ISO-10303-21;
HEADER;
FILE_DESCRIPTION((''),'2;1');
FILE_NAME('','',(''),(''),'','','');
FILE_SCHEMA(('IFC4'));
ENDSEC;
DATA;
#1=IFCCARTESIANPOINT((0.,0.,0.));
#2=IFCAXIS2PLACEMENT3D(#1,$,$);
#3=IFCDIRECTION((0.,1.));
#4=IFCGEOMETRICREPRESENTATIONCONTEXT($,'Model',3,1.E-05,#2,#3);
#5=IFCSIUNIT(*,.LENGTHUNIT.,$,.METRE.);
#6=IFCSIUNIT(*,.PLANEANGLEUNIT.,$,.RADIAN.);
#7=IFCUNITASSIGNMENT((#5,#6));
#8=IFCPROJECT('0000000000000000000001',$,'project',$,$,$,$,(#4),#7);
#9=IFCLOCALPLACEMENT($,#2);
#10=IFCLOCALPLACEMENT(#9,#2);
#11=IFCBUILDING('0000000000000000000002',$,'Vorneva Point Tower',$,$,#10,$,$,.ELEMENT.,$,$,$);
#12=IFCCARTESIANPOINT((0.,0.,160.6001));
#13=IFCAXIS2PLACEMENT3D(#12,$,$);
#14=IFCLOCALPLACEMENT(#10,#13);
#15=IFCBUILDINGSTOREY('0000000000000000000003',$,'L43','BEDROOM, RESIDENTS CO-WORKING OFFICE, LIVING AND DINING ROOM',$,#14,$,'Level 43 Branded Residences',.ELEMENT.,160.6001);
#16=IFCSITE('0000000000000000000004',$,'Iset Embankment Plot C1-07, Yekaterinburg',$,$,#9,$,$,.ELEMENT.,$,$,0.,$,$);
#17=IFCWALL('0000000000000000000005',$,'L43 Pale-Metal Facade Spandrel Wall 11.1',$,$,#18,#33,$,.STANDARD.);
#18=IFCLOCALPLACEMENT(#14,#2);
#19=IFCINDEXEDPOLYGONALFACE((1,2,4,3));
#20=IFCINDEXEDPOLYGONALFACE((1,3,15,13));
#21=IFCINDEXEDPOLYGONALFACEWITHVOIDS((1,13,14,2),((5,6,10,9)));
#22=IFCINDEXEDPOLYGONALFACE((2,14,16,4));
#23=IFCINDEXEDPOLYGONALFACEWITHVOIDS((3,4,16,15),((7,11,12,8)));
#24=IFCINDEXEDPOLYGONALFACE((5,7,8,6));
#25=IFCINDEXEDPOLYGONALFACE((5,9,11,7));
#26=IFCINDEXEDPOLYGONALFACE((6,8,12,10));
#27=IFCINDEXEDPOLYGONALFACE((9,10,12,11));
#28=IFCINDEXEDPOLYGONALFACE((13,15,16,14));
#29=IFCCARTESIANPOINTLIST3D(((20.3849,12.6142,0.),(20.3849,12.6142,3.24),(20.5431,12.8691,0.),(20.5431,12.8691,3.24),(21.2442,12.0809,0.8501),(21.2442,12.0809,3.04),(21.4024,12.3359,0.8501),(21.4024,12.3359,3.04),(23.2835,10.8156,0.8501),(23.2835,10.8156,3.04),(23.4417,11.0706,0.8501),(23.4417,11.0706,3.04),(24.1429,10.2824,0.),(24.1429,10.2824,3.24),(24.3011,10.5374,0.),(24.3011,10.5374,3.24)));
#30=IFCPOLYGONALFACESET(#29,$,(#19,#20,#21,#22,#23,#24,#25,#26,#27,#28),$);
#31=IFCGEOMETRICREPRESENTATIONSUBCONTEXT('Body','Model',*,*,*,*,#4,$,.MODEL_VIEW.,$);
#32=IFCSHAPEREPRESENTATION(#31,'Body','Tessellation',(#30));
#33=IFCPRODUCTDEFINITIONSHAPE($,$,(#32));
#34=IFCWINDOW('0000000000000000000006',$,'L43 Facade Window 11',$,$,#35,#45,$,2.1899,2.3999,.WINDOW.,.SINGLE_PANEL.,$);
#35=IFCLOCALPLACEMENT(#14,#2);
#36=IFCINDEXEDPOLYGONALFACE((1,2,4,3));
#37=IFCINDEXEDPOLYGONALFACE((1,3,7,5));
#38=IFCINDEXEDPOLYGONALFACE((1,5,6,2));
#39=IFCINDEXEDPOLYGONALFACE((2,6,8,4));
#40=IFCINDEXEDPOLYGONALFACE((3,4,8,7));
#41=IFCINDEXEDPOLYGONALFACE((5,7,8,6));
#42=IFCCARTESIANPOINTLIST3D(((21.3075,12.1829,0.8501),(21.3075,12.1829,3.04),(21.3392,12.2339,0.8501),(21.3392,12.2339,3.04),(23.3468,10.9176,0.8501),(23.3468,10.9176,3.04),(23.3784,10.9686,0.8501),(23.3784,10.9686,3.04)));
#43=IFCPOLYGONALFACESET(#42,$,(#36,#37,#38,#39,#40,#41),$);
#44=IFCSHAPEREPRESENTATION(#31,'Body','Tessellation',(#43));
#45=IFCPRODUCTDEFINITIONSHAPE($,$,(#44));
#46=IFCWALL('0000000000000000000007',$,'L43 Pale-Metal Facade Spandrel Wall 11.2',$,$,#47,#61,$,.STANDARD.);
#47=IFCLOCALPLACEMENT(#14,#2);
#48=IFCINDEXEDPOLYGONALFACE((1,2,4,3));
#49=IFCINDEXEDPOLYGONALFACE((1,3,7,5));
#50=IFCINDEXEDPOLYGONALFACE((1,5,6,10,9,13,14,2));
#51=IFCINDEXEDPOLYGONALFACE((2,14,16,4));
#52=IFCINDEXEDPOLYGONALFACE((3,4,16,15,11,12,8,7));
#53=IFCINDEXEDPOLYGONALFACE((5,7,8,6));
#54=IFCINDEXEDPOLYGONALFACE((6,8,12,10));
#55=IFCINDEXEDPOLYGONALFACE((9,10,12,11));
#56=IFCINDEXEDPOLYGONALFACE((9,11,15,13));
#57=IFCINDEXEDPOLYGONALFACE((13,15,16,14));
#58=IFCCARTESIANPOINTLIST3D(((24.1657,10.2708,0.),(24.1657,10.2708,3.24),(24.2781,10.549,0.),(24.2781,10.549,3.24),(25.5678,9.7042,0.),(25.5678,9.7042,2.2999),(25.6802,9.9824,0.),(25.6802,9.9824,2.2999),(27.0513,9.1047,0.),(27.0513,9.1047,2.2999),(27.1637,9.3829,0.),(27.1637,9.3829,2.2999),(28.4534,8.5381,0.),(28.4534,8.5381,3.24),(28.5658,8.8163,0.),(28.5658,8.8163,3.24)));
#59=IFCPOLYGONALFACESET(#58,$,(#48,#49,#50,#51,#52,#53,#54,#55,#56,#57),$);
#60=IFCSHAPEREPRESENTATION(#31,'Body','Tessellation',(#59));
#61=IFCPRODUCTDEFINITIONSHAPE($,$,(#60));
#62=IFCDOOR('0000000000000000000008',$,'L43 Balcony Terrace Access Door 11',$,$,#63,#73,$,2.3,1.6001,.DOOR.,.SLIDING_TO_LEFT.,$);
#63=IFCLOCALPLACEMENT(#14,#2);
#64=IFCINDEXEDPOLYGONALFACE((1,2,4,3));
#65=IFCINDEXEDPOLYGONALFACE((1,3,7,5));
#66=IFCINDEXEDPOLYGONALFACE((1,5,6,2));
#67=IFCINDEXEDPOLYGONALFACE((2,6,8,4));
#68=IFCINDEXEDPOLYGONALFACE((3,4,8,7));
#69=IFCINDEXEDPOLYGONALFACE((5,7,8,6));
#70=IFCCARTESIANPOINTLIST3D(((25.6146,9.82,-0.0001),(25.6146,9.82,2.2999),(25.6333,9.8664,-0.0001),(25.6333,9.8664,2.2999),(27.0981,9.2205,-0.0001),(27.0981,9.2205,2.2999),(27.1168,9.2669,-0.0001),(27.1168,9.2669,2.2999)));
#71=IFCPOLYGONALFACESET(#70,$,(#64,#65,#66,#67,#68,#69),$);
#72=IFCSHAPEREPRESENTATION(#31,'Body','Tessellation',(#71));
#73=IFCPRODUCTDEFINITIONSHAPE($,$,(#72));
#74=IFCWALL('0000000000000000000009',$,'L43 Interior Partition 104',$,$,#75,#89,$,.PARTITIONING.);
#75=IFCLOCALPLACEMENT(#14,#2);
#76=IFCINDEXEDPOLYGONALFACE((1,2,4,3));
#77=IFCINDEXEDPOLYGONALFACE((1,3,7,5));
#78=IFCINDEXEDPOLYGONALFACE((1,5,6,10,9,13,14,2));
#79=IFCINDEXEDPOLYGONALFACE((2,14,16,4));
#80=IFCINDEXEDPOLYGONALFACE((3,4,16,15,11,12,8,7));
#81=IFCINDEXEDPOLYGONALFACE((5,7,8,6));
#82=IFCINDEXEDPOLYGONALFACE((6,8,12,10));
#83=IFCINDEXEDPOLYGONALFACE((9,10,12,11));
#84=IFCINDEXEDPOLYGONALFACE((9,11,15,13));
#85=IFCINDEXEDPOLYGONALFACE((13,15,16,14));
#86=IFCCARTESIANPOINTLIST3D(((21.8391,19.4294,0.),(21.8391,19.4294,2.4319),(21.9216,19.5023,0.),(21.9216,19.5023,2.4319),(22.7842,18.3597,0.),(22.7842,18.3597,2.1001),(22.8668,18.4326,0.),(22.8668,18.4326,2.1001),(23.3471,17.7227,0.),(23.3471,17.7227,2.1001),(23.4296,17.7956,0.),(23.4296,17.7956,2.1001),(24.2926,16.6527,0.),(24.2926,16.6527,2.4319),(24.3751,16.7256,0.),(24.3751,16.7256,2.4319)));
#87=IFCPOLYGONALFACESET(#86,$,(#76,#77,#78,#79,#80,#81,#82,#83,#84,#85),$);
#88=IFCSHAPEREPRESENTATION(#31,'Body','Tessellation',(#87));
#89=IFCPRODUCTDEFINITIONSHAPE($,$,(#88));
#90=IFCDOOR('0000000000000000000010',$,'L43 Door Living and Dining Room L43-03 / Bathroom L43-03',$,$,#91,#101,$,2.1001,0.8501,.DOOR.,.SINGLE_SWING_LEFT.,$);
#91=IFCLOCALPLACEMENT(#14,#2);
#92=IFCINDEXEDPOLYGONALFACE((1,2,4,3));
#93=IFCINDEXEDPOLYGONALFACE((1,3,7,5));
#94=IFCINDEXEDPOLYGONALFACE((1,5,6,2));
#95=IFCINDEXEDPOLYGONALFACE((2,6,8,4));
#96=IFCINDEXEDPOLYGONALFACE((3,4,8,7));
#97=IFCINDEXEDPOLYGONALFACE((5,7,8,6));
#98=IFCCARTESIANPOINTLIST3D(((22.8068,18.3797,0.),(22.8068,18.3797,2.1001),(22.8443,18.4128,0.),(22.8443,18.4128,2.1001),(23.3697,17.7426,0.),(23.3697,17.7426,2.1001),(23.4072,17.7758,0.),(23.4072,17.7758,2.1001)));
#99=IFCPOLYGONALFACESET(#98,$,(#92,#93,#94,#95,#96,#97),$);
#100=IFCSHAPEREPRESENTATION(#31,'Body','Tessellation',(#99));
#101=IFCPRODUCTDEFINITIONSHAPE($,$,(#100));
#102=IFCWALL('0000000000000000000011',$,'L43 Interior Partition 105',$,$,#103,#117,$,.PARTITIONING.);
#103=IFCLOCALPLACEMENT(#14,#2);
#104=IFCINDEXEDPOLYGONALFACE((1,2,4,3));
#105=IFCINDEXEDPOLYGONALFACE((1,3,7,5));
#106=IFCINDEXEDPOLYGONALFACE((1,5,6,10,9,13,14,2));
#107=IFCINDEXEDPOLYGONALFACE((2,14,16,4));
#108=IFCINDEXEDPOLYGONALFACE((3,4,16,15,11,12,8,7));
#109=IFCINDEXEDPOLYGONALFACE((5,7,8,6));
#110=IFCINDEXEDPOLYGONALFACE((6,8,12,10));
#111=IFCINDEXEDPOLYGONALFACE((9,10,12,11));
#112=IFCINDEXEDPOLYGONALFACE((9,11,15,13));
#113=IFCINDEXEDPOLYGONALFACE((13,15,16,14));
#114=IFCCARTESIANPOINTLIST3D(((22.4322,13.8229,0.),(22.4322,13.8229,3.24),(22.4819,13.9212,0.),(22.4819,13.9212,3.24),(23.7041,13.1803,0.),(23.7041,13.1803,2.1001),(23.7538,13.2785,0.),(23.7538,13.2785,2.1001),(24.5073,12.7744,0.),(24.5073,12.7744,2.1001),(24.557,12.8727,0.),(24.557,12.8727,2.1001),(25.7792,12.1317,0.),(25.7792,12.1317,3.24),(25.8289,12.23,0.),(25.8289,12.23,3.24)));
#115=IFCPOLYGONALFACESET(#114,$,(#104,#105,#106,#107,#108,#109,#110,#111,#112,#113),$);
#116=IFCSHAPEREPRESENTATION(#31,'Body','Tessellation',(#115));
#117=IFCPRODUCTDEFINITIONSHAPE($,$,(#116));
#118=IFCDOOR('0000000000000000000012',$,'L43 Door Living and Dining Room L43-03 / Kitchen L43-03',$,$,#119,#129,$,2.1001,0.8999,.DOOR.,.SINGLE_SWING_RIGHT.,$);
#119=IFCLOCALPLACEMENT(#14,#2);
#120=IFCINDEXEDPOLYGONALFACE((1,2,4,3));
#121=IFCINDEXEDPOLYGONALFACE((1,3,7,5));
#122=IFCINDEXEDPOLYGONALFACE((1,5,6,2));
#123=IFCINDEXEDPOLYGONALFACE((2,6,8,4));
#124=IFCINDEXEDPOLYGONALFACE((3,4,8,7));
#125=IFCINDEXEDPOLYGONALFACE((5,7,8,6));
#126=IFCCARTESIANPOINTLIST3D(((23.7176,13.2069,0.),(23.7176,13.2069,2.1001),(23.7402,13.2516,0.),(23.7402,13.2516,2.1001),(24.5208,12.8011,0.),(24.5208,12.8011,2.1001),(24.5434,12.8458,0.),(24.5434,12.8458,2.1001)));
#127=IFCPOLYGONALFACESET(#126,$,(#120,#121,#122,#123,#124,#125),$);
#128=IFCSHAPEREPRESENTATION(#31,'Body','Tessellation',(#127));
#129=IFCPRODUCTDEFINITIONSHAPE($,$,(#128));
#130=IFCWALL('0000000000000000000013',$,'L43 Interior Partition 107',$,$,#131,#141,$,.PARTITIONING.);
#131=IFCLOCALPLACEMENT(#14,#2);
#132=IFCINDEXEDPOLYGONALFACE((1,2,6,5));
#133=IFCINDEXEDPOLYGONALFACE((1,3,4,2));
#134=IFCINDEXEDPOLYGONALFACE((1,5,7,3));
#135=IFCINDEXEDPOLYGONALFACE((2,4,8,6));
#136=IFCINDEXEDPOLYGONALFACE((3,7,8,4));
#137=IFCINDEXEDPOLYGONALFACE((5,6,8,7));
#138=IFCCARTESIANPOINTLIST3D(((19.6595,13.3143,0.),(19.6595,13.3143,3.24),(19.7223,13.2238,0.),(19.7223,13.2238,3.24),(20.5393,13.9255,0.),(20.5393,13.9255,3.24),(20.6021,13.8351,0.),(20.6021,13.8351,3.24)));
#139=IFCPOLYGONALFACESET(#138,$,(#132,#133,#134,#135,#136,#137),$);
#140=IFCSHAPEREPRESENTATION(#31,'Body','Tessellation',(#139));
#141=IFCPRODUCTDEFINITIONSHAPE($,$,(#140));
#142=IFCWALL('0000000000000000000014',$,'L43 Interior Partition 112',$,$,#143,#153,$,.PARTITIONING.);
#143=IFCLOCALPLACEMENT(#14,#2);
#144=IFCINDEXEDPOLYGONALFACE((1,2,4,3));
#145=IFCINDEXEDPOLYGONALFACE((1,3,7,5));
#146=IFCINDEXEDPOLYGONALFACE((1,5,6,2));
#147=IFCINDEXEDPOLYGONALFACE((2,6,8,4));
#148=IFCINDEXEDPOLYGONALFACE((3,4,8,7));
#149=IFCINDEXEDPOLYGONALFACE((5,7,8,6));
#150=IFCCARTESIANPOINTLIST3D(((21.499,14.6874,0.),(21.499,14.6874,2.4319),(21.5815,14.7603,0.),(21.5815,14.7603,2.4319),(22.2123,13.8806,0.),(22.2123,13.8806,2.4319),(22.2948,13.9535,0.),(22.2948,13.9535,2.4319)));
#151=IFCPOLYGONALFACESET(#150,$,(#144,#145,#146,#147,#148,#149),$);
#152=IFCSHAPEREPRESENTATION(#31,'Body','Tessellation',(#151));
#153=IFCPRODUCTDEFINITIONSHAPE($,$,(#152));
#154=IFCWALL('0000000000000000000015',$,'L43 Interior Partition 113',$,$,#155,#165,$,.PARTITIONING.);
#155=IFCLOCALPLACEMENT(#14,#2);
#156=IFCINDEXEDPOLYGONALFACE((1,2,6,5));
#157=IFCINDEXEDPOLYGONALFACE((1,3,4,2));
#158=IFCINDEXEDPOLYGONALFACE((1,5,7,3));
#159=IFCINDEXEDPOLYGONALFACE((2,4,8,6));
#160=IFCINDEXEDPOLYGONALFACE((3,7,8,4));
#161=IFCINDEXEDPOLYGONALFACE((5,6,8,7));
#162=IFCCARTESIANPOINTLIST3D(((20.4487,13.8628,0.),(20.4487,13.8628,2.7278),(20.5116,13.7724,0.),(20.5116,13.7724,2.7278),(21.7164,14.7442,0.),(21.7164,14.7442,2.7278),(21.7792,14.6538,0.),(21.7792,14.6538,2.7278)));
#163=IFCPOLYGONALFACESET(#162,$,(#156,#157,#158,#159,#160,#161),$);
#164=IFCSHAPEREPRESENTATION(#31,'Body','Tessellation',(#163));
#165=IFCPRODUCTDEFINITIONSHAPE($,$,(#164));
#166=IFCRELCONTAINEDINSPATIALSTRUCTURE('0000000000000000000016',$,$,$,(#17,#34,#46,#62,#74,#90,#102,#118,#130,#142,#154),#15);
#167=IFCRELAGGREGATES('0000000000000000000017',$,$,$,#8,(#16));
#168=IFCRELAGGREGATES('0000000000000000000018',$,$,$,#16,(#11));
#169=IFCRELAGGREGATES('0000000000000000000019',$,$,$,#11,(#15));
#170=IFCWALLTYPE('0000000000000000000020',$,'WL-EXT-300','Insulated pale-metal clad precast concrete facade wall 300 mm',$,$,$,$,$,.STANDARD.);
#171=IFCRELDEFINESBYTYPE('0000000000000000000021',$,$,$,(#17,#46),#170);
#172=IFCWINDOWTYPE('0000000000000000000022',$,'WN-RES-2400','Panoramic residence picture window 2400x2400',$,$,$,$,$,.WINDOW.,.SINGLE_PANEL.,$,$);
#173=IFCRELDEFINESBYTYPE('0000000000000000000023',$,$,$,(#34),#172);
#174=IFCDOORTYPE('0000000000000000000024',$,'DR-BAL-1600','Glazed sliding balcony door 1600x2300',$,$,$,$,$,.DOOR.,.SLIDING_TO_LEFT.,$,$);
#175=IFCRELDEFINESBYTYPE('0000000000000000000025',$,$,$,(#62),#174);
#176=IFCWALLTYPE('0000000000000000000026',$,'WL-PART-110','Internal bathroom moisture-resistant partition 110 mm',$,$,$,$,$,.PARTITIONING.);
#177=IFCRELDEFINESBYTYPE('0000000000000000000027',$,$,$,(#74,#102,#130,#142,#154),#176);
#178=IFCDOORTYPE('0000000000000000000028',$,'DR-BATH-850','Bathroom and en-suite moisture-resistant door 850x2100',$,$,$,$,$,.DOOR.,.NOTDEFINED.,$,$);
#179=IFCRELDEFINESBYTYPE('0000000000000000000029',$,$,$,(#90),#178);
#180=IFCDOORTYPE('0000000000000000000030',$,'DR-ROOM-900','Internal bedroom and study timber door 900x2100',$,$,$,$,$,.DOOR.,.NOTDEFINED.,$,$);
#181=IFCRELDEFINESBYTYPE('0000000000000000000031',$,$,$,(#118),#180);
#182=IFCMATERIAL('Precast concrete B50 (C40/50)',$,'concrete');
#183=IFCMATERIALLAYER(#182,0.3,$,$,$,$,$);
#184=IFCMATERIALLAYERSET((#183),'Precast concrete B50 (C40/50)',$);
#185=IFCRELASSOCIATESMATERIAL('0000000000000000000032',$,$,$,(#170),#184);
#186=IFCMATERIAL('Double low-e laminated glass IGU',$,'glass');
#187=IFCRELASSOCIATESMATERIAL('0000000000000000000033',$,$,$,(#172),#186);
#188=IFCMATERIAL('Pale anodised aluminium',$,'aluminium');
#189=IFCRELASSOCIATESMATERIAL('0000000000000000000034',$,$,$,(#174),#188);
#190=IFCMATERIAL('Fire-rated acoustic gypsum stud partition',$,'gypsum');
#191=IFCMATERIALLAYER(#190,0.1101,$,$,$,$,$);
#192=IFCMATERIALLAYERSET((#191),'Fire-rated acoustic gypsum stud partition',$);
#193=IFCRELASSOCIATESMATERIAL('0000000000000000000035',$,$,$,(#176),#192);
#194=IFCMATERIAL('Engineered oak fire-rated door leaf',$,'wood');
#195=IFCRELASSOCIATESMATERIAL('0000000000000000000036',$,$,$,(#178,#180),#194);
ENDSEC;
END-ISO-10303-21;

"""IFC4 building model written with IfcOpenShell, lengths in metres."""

from ifc_helpers import new_model, si_unit, direction, frame, frame_2d, origin, place, context, subcontext, project, spatial, rectangle, extrude, material, layer, layer_set, type_object, element, fill, save


model = new_model("IFC4")

# Units and contexts
model_context = context("Model", 3, precision=1e-05, world=origin(), true_north=direction((0.0, 1.0)))
body_context = subcontext(model_context, "Body", "Model", "MODEL_VIEW")
ifc_project = project(units=[si_unit("LENGTHUNIT", "METRE"), si_unit("PLANEANGLEUNIT", "RADIAN")], contexts=[model_context])

# Site, building, storey
site_placement = place(None, origin())
site = spatial("IfcSite", under=ifc_project, at=site_placement, Name="Iset Embankment Plot C1-07, Yekaterinburg", CompositionType="ELEMENT", RefElevation=0.0)
building_placement = place(site_placement, origin())
building = spatial("IfcBuilding", under=site, at=building_placement, Name="Vorneva Point Tower", CompositionType="ELEMENT")
storey_placement = place(building_placement, frame((0.0, 0.0, 160.6001)))
storey = spatial("IfcBuildingStorey", under=building, at=storey_placement, Name="L43", Description="BEDROOM, RESIDENTS CO-WORKING OFFICE, LIVING AND DINING ROOM", LongName="Level 43 Branded Residences", CompositionType="ELEMENT", Elevation=160.6001)

# Shared definitions
ifc_material_1 = material(Name="Pale anodised aluminium", Category="aluminium")
ifc_material_2 = material(Name="Double low-e laminated glass IGU", Category="glass")

# Wall, opening, window
ifc_material_3 = material(Name="Precast concrete B50 (C40/50)", Category="concrete")
ifc_layer_1 = layer(ifc_material_3, 0.3)
ifc_layer_set_1 = layer_set([ifc_layer_1], Name="Precast concrete B50 (C40/50)")
wall_type_1 = type_object("IfcWallType", Name="WL-EXT-300", Description="Insulated pale-metal clad precast concrete facade wall 300 mm", PredefinedType="STANDARD", material=ifc_layer_set_1)
wall_1_placement = place(storey_placement, frame((20.4639, 12.7417, 0.0), z_axis=(0.0, 0.0, 1.0), x_axis=(0.849721, -0.527232, 0.0)))
wall_1 = element("IfcWall", 1, at=wall_1_placement, inside=storey, type_object=wall_type_1, Name="L43 Pale-Metal Facade Spandrel Wall 11.1", PredefinedType="STANDARD", context=body_context, shape_type="SweptSolid", body=[
    extrude(rectangle(XDim=4.4226, YDim=0.3, at=frame_2d((2.2114, 0.0))), origin(), (0.0, 0.0, 1.0), 3.24),
])
opening_1_placement = place(wall_1_placement, frame((1.0115, 0.0, 0.8501)))
opening_1 = element("IfcOpeningElement", 2, at=opening_1_placement, cuts=wall_1, PredefinedType="OPENING", context=body_context, shape_type="SweptSolid", body=[
    extrude(rectangle(XDim=2.3999, YDim=2.1899, at=frame_2d((1.2, 1.095))), frame((0.0, 0.165, 0.0), z_axis=(0.0, -1.0, 0.0), x_axis=(1.0, 0.0, 0.0)), (0.0, 0.0, 1.0), 0.3298),
])
window_type = type_object("IfcWindowType", Name="WN-RES-2400", Description="Panoramic residence picture window 2400x2400", PartitioningType="SINGLE_PANEL", PredefinedType="WINDOW", material=ifc_material_2)
window_placement = place(opening_1_placement, origin())
window = element("IfcWindow", 3, at=window_placement, inside=storey, type_object=window_type, Name="L43 Facade Window 11", OverallHeight=2.1899, OverallWidth=2.3999, PartitioningType="SINGLE_PANEL", PredefinedType="WINDOW", context=body_context, shape_type="SweptSolid", body=[
    extrude(rectangle(XDim=2.3999, YDim=2.1899, at=frame_2d((1.2, 1.095))), frame((0.0, 0.03, 0.0), z_axis=(0.0, -1.0, 0.0), x_axis=(1.0, 0.0, 0.0)), (0.0, 0.0, 1.0), 0.0601),
])
fill(opening_1, window)

# Walls, openings, doors
wall_2_placement = place(storey_placement, frame((24.2219, 10.4099, 0.0), z_axis=(0.0, 0.0, 1.0), x_axis=(0.927157, -0.374674, 0.0)))
wall_2 = element("IfcWall", 4, at=wall_2_placement, inside=storey, type_object=wall_type_1, Name="L43 Pale-Metal Facade Spandrel Wall 11.2", PredefinedType="STANDARD", context=body_context, shape_type="SweptSolid", body=[
    extrude(rectangle(XDim=4.6245, YDim=0.3, at=frame_2d((2.3123, 0.0))), origin(), (0.0, 0.0, 1.0), 3.24),
])
opening_2_placement = place(wall_2_placement, frame((1.5122, 0.0, 0.0)))
opening_2 = element("IfcOpeningElement", 5, at=opening_2_placement, cuts=wall_2, PredefinedType="OPENING", context=body_context, shape_type="SweptSolid", body=[
    extrude(rectangle(XDim=1.6001, YDim=2.3, at=frame_2d((0.8, 1.1499))), frame((0.0, 0.165, 0.0), z_axis=(0.0, -1.0, 0.0), x_axis=(1.0, 0.0, 0.0)), (0.0, 0.0, 1.0), 0.3298),
])
door_type_1 = type_object("IfcDoorType", Name="DR-BAL-1600", Description="Glazed sliding balcony door 1600x2300", OperationType="SLIDING_TO_LEFT", PredefinedType="DOOR", material=ifc_material_1)
door_1_placement = place(opening_2_placement, origin())
door_1 = element("IfcDoor", 6, at=door_1_placement, inside=storey, type_object=door_type_1, Name="L43 Balcony Terrace Access Door 11", OperationType="SLIDING_TO_LEFT", OverallHeight=2.3, OverallWidth=1.6001, PredefinedType="DOOR", context=body_context, shape_type="SweptSolid", body=[
    extrude(rectangle(XDim=1.6001, YDim=2.3, at=frame_2d((0.8, 1.1499))), frame((0.0, 0.0249, 0.0), z_axis=(0.0, -1.0, 0.0), x_axis=(1.0, 0.0, 0.0)), (0.0, 0.0, 1.0), 0.05),
])
fill(opening_2, door_1)
ifc_material_4 = material(Name="Fire-rated acoustic gypsum stud partition", Category="gypsum")
ifc_layer_2 = layer(ifc_material_4, 0.1101)
ifc_layer_set_2 = layer_set([ifc_layer_2], Name="Fire-rated acoustic gypsum stud partition")
wall_type_2 = type_object("IfcWallType", Name="WL-PART-110", Description="Internal bathroom moisture-resistant partition 110 mm", PredefinedType="PARTITIONING", material=ifc_layer_set_2)
wall_3_placement = place(storey_placement, frame((24.3337, 16.6892, 0.0), z_axis=(0.0, 0.0, 1.0), x_axis=(-0.66214, 0.74938, 0.0)))
wall_3 = element("IfcWall", 7, at=wall_3_placement, inside=storey, type_object=wall_type_2, Name="L43 Interior Partition 104", PredefinedType="PARTITIONING", context=body_context, shape_type="SweptSolid", body=[
    extrude(rectangle(XDim=3.7053, YDim=0.1101, at=frame_2d((1.8525, 0.0))), origin(), (0.0, 0.0, 1.0), 2.4319),
])
opening_3_placement = place(wall_3_placement, frame((1.4277, 0.0, 0.0)))
opening_3 = element("IfcOpeningElement", 8, at=opening_3_placement, cuts=wall_3, PredefinedType="OPENING", context=body_context, shape_type="SweptSolid", body=[
    extrude(rectangle(XDim=0.8501, YDim=2.1001, at=frame_2d((0.425, 1.05))), frame((0.0, 0.0698, 0.0), z_axis=(0.0, -1.0, 0.0), x_axis=(1.0, 0.0, 0.0)), (0.0, 0.0, 1.0), 0.1399),
])
ifc_material_5 = material(Name="Engineered oak fire-rated door leaf", Category="wood")
door_type_2 = type_object("IfcDoorType", Name="DR-BATH-850", Description="Bathroom and en-suite moisture-resistant door 850x2100", OperationType="NOTDEFINED", PredefinedType="DOOR", material=ifc_material_5)
door_2_placement = place(opening_3_placement, origin())
door_2 = element("IfcDoor", 9, at=door_2_placement, inside=storey, type_object=door_type_2, Name="L43 Door Living and Dining Room L43-03 / Bathroom L43-03", OperationType="SINGLE_SWING_LEFT", OverallHeight=2.1001, OverallWidth=0.8501, PredefinedType="DOOR", context=body_context, shape_type="SweptSolid", body=[
    extrude(rectangle(XDim=0.8501, YDim=2.1001, at=frame_2d((0.425, 1.05))), frame((0.0, 0.0249, 0.0), z_axis=(0.0, -1.0, 0.0), x_axis=(1.0, 0.0, 0.0)), (0.0, 0.0, 1.0), 0.05),
])
fill(opening_3, door_2)
wall_4_placement = place(storey_placement, frame((22.457, 13.8721, 0.0), z_axis=(0.0, 0.0, 1.0), x_axis=(0.892531, -0.450986, 0.0)))
wall_4 = element("IfcWall", 10, at=wall_4_placement, inside=storey, type_object=wall_type_2, Name="L43 Interior Partition 105", PredefinedType="PARTITIONING", context=body_context, shape_type="SweptSolid", body=[
    extrude(rectangle(XDim=3.75, YDim=0.1101, at=frame_2d((1.875, 0.0))), origin(), (0.0, 0.0, 1.0), 3.24),
])
opening_4_placement = place(wall_4_placement, frame((1.425, 0.0, 0.0)))
opening_4 = element("IfcOpeningElement", 11, at=opening_4_placement, cuts=wall_4, PredefinedType="OPENING", context=body_context, shape_type="SweptSolid", body=[
    extrude(rectangle(XDim=0.8999, YDim=2.1001, at=frame_2d((0.45, 1.05))), frame((0.0, 0.0698, 0.0), z_axis=(0.0, -1.0, 0.0), x_axis=(1.0, 0.0, 0.0)), (0.0, 0.0, 1.0), 0.1399),
])
door_type_3 = type_object("IfcDoorType", Name="DR-ROOM-900", Description="Internal bedroom and study timber door 900x2100", OperationType="NOTDEFINED", PredefinedType="DOOR", material=ifc_material_5)
door_3_placement = place(opening_4_placement, origin())
door_3 = element("IfcDoor", 12, at=door_3_placement, inside=storey, type_object=door_type_3, Name="L43 Door Living and Dining Room L43-03 / Kitchen L43-03", OperationType="SINGLE_SWING_RIGHT", OverallHeight=2.1001, OverallWidth=0.8999, PredefinedType="DOOR", context=body_context, shape_type="SweptSolid", body=[
    extrude(rectangle(XDim=0.8999, YDim=2.1001, at=frame_2d((0.45, 1.05))), frame((0.0, 0.0249, 0.0), z_axis=(0.0, -1.0, 0.0), x_axis=(1.0, 0.0, 0.0)), (0.0, 0.0, 1.0), 0.05),
])
fill(opening_4, door_3)

# Walls
wall_5_placement = place(storey_placement, frame((19.6909, 13.269, 0.0), z_axis=(0.0, 0.0, 1.0), x_axis=(0.821239, 0.570584, 0.0)))
element("IfcWall", 13, at=wall_5_placement, inside=storey, type_object=wall_type_2, Name="L43 Interior Partition 107", PredefinedType="PARTITIONING", context=body_context, shape_type="SweptSolid", body=[
    extrude(rectangle(XDim=1.0713, YDim=0.1101, at=frame_2d((0.5356, 0.0))), origin(), (0.0, 0.0, 1.0), 3.24),
])
wall_6_placement = place(storey_placement, frame((22.2537, 13.917, 0.0), z_axis=(0.0, 0.0, 1.0), x_axis=(-0.662364, 0.749183, 0.0)))
element("IfcWall", 14, at=wall_6_placement, inside=storey, type_object=wall_type_2, Name="L43 Interior Partition 112", PredefinedType="PARTITIONING", context=body_context, shape_type="SweptSolid", body=[
    extrude(rectangle(XDim=1.0769, YDim=0.1101, at=frame_2d((0.5386, 0.0))), origin(), (0.0, 0.0, 1.0), 2.4319),
])
wall_7_placement = place(storey_placement, frame((21.7478, 14.699, 0.0), z_axis=(0.0, 0.0, 1.0), x_axis=(-0.821041, -0.57087, 0.0)))
element("IfcWall", 15, at=wall_7_placement, inside=storey, type_object=wall_type_2, Name="L43 Interior Partition 113", PredefinedType="PARTITIONING", context=body_context, shape_type="SweptSolid", body=[
    extrude(rectangle(XDim=1.5439, YDim=0.1101, at=frame_2d((0.772, 0.0))), origin(), (0.0, 0.0, 1.0), 2.7278),
])

save(model, "model.ifc")
